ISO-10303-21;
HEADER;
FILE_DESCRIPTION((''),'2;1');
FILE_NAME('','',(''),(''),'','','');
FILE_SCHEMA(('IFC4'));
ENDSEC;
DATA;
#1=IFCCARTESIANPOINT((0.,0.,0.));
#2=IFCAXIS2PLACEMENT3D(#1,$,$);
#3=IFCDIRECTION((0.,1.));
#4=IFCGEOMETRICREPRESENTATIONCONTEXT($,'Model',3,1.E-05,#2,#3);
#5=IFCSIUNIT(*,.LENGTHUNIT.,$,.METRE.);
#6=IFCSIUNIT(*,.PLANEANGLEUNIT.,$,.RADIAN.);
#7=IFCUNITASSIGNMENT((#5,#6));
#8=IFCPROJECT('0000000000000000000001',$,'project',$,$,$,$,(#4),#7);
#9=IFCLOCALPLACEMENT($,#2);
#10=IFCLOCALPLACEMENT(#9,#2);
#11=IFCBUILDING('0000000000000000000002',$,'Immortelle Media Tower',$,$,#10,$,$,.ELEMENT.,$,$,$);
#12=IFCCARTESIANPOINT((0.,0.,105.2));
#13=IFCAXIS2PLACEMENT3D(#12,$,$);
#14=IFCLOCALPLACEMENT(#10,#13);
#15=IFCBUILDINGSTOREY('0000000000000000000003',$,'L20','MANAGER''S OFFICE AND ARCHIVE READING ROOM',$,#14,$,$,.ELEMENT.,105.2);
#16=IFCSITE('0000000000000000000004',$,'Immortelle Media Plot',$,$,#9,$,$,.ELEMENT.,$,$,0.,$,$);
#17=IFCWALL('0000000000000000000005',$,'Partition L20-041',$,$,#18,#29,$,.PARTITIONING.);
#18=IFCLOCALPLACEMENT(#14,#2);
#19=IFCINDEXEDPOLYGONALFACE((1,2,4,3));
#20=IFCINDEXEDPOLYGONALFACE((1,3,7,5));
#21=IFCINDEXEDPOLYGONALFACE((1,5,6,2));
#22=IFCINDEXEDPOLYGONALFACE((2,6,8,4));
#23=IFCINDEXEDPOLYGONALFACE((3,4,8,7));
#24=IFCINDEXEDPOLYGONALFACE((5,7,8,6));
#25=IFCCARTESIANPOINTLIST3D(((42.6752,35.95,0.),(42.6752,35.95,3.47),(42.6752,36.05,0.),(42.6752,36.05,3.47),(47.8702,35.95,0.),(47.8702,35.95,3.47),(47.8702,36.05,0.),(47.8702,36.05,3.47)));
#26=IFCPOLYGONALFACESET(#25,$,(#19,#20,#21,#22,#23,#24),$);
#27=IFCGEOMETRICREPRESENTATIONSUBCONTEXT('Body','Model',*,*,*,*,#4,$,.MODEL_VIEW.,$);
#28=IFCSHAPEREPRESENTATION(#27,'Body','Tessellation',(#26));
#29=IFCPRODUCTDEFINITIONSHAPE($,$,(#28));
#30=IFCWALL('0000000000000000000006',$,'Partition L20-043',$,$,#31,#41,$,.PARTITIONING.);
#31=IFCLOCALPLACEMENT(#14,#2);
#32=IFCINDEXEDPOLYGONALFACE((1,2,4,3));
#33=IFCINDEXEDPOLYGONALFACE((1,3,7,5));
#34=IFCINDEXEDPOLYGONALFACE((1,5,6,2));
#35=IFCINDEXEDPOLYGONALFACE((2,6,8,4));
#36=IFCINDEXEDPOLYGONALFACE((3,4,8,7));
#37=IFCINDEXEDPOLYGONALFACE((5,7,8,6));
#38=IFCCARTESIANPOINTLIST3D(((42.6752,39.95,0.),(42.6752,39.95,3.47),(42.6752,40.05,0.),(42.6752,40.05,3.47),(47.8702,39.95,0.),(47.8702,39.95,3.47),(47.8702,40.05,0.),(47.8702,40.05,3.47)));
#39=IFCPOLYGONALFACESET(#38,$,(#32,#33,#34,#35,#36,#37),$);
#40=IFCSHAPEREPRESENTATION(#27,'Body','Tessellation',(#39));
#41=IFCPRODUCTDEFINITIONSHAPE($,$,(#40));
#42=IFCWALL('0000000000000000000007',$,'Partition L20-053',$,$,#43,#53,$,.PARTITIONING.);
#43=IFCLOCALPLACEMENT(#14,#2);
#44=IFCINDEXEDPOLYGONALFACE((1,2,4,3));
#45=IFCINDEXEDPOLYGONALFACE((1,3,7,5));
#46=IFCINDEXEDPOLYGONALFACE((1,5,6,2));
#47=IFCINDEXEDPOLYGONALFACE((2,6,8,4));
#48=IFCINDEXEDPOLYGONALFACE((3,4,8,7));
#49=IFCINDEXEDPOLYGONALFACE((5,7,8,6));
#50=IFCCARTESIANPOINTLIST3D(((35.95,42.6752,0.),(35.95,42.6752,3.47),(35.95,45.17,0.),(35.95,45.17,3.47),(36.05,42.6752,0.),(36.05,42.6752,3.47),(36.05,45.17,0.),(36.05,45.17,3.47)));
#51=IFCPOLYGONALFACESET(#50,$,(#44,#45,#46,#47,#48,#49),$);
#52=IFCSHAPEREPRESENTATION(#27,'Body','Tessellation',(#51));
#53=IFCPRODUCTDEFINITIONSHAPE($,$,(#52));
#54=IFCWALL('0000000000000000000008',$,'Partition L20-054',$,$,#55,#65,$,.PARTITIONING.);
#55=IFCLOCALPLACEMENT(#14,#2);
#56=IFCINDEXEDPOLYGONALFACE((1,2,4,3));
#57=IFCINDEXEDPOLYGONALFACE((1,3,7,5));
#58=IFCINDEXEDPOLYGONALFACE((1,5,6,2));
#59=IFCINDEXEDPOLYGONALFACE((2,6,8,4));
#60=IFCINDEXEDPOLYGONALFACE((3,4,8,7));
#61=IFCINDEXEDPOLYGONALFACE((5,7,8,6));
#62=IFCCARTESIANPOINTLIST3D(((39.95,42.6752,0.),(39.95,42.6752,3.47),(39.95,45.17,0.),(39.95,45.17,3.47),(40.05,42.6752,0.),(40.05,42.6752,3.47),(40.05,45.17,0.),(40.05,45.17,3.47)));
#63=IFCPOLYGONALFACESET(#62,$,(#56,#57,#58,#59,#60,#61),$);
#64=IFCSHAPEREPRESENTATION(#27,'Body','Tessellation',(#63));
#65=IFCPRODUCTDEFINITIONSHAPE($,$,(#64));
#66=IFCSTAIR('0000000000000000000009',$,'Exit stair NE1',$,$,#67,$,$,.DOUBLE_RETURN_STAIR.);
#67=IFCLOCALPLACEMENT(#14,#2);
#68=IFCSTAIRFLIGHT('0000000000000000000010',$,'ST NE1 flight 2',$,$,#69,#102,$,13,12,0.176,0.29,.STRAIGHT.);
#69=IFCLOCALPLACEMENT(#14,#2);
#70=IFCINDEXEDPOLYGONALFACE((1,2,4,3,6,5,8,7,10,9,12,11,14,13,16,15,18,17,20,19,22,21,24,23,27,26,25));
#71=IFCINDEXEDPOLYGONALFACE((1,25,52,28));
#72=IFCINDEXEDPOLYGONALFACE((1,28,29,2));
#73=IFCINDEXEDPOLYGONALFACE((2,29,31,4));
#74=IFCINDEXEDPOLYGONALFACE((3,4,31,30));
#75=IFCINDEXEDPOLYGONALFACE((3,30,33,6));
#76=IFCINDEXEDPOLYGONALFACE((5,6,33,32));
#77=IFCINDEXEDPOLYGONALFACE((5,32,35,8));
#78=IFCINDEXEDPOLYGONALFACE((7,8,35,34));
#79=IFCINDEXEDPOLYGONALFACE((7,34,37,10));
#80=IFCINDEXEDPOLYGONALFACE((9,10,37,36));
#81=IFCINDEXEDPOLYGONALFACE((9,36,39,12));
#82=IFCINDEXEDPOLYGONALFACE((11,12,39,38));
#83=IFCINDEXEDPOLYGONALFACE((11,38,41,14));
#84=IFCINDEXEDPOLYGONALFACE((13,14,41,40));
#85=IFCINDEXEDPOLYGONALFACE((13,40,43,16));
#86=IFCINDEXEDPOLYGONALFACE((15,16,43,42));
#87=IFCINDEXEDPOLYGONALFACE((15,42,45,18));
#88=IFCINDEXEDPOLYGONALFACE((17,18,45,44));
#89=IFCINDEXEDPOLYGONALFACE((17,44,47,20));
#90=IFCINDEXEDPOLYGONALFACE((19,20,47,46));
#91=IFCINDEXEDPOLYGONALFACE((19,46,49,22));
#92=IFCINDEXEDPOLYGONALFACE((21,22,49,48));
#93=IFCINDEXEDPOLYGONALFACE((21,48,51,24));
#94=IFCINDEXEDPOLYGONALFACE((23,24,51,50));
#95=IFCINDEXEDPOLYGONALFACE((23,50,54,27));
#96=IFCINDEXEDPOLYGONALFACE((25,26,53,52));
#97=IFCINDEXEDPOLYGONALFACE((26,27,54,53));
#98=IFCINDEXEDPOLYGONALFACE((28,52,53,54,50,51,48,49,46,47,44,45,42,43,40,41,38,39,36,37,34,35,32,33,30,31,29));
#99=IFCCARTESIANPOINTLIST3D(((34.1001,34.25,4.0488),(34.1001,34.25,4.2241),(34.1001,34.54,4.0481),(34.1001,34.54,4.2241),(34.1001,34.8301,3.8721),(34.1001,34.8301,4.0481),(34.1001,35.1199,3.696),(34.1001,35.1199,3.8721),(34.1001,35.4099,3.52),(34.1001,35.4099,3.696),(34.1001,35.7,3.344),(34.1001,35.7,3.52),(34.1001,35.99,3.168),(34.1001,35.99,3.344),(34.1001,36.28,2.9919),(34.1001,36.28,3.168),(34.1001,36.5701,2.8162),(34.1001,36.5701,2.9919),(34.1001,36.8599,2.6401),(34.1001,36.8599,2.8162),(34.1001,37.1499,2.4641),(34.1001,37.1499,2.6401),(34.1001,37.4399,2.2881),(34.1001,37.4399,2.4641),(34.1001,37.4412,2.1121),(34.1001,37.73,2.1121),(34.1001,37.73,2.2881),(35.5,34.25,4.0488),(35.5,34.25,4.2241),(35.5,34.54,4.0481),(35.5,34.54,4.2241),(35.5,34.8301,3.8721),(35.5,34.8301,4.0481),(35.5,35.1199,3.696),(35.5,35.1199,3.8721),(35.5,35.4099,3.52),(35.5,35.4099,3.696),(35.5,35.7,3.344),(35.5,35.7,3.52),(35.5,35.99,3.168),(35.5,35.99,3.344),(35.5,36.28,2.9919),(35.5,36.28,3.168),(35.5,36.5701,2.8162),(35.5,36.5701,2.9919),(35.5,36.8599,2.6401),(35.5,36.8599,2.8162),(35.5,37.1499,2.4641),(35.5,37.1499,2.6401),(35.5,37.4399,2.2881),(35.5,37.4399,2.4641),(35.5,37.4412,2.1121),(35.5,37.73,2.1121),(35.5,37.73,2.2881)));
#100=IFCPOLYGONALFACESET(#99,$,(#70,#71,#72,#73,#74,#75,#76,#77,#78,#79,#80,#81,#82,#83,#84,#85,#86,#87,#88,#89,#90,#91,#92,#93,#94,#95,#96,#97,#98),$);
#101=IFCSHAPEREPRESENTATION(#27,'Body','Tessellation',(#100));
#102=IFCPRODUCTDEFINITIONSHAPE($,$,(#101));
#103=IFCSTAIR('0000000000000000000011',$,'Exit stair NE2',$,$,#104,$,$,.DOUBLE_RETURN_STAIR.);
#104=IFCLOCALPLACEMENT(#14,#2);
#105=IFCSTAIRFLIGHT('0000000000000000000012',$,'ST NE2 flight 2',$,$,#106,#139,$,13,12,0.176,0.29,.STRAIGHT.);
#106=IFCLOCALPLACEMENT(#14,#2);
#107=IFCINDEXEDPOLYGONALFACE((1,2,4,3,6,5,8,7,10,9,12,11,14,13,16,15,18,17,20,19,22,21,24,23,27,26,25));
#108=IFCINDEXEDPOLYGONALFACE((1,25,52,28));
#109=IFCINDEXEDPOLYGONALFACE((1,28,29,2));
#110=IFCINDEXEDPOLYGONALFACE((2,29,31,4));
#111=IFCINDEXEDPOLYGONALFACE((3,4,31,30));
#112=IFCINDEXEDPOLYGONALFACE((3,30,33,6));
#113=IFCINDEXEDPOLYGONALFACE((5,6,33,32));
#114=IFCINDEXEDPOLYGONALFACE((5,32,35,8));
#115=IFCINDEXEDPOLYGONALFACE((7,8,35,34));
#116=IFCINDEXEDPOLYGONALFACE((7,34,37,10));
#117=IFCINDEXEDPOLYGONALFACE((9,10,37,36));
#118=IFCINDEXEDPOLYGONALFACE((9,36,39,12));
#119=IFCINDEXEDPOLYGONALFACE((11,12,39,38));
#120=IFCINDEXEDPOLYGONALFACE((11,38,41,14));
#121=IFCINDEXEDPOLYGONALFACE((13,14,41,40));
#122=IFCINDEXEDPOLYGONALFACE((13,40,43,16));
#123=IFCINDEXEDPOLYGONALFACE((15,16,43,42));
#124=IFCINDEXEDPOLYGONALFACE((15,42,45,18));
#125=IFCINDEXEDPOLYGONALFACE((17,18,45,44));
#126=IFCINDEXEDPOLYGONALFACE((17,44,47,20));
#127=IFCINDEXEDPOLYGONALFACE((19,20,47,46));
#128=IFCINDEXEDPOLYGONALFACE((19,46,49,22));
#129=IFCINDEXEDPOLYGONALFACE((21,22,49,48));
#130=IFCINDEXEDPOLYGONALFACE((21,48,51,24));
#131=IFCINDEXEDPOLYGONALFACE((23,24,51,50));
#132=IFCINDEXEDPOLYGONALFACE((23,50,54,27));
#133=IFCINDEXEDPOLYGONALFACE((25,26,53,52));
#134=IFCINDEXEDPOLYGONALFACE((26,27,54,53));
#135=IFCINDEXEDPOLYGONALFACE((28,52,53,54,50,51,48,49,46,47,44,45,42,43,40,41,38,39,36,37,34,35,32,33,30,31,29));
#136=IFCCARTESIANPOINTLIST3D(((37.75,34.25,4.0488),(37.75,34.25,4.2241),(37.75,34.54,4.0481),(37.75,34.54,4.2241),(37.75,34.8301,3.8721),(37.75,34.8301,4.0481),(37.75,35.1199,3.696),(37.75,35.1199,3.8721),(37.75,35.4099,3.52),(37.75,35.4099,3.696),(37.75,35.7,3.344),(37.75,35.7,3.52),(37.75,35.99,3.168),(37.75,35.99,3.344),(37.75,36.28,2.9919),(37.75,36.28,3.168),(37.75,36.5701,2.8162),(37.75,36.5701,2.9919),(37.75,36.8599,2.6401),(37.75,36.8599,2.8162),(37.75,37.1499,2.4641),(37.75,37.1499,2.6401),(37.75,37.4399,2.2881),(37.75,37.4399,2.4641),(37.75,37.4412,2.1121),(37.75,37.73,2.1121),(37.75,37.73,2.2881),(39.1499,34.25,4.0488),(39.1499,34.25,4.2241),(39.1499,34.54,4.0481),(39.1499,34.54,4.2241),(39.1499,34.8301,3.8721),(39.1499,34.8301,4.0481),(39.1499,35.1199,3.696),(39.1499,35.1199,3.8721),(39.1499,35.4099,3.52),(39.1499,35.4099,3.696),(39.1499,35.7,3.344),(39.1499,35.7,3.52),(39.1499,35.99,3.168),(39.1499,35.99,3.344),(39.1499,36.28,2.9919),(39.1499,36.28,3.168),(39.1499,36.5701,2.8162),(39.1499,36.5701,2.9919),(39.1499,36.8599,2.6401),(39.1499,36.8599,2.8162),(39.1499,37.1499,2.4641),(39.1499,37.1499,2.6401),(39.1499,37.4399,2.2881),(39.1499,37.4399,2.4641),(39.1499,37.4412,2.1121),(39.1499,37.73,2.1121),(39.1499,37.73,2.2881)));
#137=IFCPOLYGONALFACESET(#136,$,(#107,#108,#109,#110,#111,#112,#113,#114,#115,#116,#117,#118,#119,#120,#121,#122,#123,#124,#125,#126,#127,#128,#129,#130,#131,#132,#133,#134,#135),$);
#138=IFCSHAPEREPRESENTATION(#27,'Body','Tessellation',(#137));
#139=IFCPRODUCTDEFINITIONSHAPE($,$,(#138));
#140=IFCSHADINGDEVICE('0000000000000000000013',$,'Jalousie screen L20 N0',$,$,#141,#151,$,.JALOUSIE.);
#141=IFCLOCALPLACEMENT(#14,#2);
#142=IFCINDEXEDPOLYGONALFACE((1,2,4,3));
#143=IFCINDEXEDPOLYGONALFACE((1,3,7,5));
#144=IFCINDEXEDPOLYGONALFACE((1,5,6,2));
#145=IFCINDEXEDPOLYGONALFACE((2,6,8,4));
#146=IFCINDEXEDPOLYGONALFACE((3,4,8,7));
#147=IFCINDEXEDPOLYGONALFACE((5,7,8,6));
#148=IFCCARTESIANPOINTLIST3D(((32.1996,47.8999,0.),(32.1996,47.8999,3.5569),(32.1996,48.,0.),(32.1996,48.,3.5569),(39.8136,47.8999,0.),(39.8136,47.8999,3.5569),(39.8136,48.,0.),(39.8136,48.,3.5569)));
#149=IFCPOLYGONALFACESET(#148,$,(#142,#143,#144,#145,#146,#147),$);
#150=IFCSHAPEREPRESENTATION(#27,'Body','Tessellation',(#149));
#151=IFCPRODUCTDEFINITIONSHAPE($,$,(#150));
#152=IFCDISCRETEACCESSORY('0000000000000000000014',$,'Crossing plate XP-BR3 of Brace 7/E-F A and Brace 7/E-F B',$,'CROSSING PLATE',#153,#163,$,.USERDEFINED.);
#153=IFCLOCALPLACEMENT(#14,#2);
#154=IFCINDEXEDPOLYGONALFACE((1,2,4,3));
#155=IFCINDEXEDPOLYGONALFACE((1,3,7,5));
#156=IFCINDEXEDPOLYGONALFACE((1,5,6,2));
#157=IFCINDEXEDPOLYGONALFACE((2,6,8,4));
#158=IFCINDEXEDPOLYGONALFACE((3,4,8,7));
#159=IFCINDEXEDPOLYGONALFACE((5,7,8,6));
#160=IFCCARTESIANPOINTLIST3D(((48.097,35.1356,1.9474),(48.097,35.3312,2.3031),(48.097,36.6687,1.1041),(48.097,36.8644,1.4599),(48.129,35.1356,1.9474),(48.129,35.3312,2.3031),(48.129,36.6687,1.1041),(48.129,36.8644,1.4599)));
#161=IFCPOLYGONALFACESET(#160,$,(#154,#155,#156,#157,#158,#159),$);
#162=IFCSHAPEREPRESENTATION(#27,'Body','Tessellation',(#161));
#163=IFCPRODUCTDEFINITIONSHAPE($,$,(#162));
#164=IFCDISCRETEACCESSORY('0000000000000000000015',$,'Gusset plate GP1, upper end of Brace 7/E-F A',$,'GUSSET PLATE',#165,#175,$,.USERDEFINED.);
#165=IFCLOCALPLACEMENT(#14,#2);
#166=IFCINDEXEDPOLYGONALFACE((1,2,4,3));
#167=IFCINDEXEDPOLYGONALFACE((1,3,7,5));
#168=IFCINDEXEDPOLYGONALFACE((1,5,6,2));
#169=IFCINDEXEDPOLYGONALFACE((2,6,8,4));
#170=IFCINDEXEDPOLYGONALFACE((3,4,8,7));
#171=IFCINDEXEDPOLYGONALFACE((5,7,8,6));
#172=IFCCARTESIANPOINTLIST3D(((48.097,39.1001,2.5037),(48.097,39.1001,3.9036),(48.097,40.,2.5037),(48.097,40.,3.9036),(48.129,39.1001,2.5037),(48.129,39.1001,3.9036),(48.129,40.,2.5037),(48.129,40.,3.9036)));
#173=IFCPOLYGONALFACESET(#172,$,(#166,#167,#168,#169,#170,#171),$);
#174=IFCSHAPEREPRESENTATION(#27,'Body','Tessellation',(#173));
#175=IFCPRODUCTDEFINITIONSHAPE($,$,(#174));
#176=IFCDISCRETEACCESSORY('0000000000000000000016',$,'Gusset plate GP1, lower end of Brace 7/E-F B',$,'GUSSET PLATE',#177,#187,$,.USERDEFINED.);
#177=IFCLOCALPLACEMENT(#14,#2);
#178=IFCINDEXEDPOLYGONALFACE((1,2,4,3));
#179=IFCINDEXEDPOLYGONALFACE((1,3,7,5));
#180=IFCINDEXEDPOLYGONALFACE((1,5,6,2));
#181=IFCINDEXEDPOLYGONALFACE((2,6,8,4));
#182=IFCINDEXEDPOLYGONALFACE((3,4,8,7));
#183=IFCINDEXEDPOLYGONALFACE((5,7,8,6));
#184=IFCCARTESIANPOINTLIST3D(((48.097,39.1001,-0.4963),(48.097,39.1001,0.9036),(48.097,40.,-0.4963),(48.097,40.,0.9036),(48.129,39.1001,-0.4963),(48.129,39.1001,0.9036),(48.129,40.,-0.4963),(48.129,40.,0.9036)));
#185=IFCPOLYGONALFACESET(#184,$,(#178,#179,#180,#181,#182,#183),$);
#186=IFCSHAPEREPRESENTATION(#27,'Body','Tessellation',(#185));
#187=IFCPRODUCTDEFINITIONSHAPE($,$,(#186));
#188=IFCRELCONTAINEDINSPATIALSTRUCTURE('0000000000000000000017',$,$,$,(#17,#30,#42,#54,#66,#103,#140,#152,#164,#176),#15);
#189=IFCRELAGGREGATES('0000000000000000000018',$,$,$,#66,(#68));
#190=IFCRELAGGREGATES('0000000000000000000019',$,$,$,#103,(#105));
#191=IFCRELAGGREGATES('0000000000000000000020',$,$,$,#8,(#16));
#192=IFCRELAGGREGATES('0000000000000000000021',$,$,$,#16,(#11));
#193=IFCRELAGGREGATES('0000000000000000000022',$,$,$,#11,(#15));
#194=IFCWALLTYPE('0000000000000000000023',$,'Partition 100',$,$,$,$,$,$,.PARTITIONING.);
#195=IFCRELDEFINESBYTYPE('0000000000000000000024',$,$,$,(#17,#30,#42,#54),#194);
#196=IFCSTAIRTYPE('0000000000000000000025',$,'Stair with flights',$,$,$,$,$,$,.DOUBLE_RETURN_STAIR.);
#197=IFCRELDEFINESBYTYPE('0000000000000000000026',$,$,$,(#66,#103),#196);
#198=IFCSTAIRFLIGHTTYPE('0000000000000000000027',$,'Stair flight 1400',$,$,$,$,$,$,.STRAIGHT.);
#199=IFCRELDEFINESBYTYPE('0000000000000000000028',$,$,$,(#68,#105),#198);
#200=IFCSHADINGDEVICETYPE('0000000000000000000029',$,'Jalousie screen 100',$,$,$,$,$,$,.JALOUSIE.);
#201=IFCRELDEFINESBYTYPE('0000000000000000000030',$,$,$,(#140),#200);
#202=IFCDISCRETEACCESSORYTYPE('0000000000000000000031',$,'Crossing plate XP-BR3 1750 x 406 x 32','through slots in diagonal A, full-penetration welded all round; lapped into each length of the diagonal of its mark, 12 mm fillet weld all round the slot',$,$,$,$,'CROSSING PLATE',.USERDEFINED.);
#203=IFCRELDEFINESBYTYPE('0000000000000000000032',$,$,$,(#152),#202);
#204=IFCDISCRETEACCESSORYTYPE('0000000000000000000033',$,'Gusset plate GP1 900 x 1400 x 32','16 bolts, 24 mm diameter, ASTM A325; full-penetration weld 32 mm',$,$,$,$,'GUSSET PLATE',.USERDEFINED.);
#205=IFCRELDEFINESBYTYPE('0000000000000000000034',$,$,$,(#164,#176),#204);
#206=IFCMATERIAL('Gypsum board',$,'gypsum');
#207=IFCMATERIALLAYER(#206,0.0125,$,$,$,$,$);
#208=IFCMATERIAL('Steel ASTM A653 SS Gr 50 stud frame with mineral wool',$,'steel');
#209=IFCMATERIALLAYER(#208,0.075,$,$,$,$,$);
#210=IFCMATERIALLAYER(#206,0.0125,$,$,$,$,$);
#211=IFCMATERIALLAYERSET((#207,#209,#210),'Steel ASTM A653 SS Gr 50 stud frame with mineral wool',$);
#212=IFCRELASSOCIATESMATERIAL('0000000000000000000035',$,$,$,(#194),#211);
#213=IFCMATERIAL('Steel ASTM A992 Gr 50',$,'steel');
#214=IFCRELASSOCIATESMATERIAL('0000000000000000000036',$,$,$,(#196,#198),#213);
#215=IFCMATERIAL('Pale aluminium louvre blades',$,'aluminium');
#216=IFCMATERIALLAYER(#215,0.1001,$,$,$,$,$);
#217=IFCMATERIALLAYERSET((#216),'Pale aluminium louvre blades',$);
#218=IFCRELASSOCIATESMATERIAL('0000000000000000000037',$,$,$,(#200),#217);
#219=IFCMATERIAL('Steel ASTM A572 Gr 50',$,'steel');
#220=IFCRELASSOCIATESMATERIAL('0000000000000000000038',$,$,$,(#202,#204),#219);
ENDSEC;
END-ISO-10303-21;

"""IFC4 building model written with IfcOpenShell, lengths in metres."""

from ifc_helpers import new_model, si_unit, direction, frame, frame_2d, origin, origin_2d, place, context, subcontext, project, spatial, polyline, rectangle, outline, extrude, material, layer, layer_set, material_profile, profile_set, type_object, element, aggregate, save


model = new_model("IFC4")

# Units and contexts
model_context = context("Model", 3, precision=1e-05, world=origin(), true_north=direction((0.0, 1.0)))
body_context = subcontext(model_context, "Body", "Model", "MODEL_VIEW")
ifc_project = project(units=[si_unit("LENGTHUNIT", "METRE"), si_unit("PLANEANGLEUNIT", "RADIAN")], contexts=[model_context])

# Site, building, storey
site_placement = place(None, origin())
site = spatial("IfcSite", under=ifc_project, at=site_placement, Name="Immortelle Media Plot", CompositionType="ELEMENT", RefElevation=0.0)
building_placement = place(site_placement, origin())
building = spatial("IfcBuilding", under=site, at=building_placement, Name="Immortelle Media Tower", CompositionType="ELEMENT")
storey_placement = place(building_placement, frame((0.0, 0.0, 105.2)))
storey = spatial("IfcBuildingStorey", under=building, at=storey_placement, Name="L20", Description="MANAGER'S OFFICE AND ARCHIVE READING ROOM", CompositionType="ELEMENT", Elevation=105.2)

# Shared definitions
ifc_material_1 = material(Name="Steel ASTM A992 Gr 50", Category="steel")

# Shared definitions
ifc_material_2 = material(Name="Steel ASTM A653 SS Gr 50 stud frame with mineral wool", Category="steel")

# Walls
ifc_material_3 = material(Name="Gypsum board", Category="gypsum")
ifc_layer_1 = layer(ifc_material_3, 0.0125)
ifc_layer_2 = layer(ifc_material_2, 0.075)
ifc_layer_3 = layer(ifc_material_3, 0.0125)
ifc_layer_set_1 = layer_set([ifc_layer_1, ifc_layer_2, ifc_layer_3], Name="Steel ASTM A653 SS Gr 50 stud frame with mineral wool")
wall_type_1 = type_object("IfcWallType", Name="Partition 100", PredefinedType="PARTITIONING", material=ifc_layer_set_1)
for number, where, z_axis, x_axis, name in (
    (1, (42.675, 36.0, 0.0), (0.0, 0.0, 1.0), (1.0, 0.0, 0.0), "Partition L20-041"),
    (2, (42.675, 40.0, 0.0), (0.0, 0.0, 1.0), (1.0, 0.0, 0.0), "Partition L20-043"),
):
    element("IfcWall", number, at=place(storey_placement, frame(where, z_axis=z_axis, x_axis=x_axis)), inside=storey, type_object=wall_type_1, Name=name, PredefinedType="PARTITIONING", context=body_context, shape_type="SweptSolid", body=[
        extrude(rectangle(XDim=5.1951, YDim=0.1001, at=frame_2d((2.5977, 0.0))), origin(), (0.0, 0.0, 1.0), 3.47),
    ])
for number, where, z_axis, x_axis, name in (
    (3, (36.0, 42.675, 0.0), (0.0, 0.0, 1.0), (0.0, 1.0, 0.0), "Partition L20-053"),
    (4, (40.0, 42.675, 0.0), (0.0, 0.0, 1.0), (0.0, 1.0, 0.0), "Partition L20-054"),
):
    element("IfcWall", number, at=place(storey_placement, frame(where, z_axis=z_axis, x_axis=x_axis)), inside=storey, type_object=wall_type_1, Name=name, PredefinedType="PARTITIONING", context=body_context, shape_type="SweptSolid", body=[
        extrude(rectangle(XDim=2.4949, YDim=0.1001, at=frame_2d((1.2476, 0.0))), origin(), (0.0, 0.0, 1.0), 3.47),
    ])

# Stairs, stair flights
stair_type = type_object("IfcStairType", Name="Stair with flights", PredefinedType="DOUBLE_RETURN_STAIR", material=ifc_material_1)
stair_1_placement = place(storey_placement, origin())
stair_1 = element("IfcStair", 5, at=stair_1_placement, inside=storey, type_object=stair_type, Name="Exit stair NE1", PredefinedType="DOUBLE_RETURN_STAIR")
stair_flight_type = type_object("IfcStairFlightType", Name="Stair flight 1400", PredefinedType="STRAIGHT", material=ifc_material_1)
stair_flight_1_placement = place(storey_placement, frame((34.8, 37.73, 2.1121), z_axis=(0.0, 0.0, 1.0), x_axis=(0.0, -1.0, 0.0)))
stair_flight_1 = element("IfcStairFlight", 6, at=stair_flight_1_placement, type_object=stair_flight_type, Name="ST NE1 flight 2", NumberOfRisers=13, NumberOfTreads=12, PredefinedType="STRAIGHT", RiserHeight=0.176, TreadLength=0.29, context=body_context, shape_type="SweptSolid", body=[
    extrude(outline(polyline([(0.0, 0.0), (0.0, 0.176), (0.29, 0.176), (0.29, 0.3521), (0.5801, 0.3521), (0.5801, 0.5281), (0.8701, 0.5281), (0.8701, 0.7041), (1.1599, 0.7041), (1.1599, 0.8799), (1.45, 0.8799), (1.45, 1.0559), (1.74, 1.0559), (1.74, 1.2319), (2.03, 1.2319), (2.03, 1.408), (2.3201, 1.408), (2.3201, 1.584), (2.6101, 1.584), (2.6101, 1.76), (2.8999, 1.76), (2.8999, 1.936), (3.1899, 1.936), (3.1899, 2.1121), (3.48, 2.1121), (3.48, 2.2881), (3.48, 1.9368), (0.2888, 0.0), (0.0, 0.0)])), frame((0.0, 0.7, 0.0), z_axis=(0.0, -1.0, 0.0), x_axis=(1.0, 0.0, 0.0)), (0.0, 0.0, 1.0), 1.3999),
])
aggregate(stair_1, [stair_flight_1])
stair_2_placement = place(storey_placement, origin())
stair_2 = element("IfcStair", 7, at=stair_2_placement, inside=storey, type_object=stair_type, Name="Exit stair NE2", PredefinedType="DOUBLE_RETURN_STAIR")
stair_flight_2_placement = place(storey_placement, frame((38.45, 37.73, 2.1121), z_axis=(0.0, 0.0, 1.0), x_axis=(0.0, -1.0, 0.0)))
stair_flight_2 = element("IfcStairFlight", 8, at=stair_flight_2_placement, type_object=stair_flight_type, Name="ST NE2 flight 2", NumberOfRisers=13, NumberOfTreads=12, PredefinedType="STRAIGHT", RiserHeight=0.176, TreadLength=0.29, context=body_context, shape_type="SweptSolid", body=[
    extrude(outline(polyline([(0.0, 0.0), (0.0, 0.176), (0.29, 0.176), (0.29, 0.3521), (0.5801, 0.3521), (0.5801, 0.5281), (0.8701, 0.5281), (0.8701, 0.7041), (1.1599, 0.7041), (1.1599, 0.8799), (1.45, 0.8799), (1.45, 1.0559), (1.74, 1.0559), (1.74, 1.2319), (2.03, 1.2319), (2.03, 1.408), (2.3201, 1.408), (2.3201, 1.584), (2.6101, 1.584), (2.6101, 1.76), (2.8999, 1.76), (2.8999, 1.936), (3.1899, 1.936), (3.1899, 2.1121), (3.48, 2.1121), (3.48, 2.2881), (3.48, 1.9368), (0.2888, 0.0), (0.0, 0.0)])), frame((0.0, 0.7, 0.0), z_axis=(0.0, -1.0, 0.0), x_axis=(1.0, 0.0, 0.0)), (0.0, 0.0, 1.0), 1.3999),
])
aggregate(stair_2, [stair_flight_2])

# Shading device
ifc_material_4 = material(Name="Pale aluminium louvre blades", Category="aluminium")
ifc_layer_4 = layer(ifc_material_4, 0.1001)
ifc_layer_set_2 = layer_set([ifc_layer_4], Name="Pale aluminium louvre blades")
shading_device_type = type_object("IfcShadingDeviceType", Name="Jalousie screen 100", PredefinedType="JALOUSIE", material=ifc_layer_set_2)
shading_device_placement = place(storey_placement, frame((36.0066, 47.95, 0.0), z_axis=(0.0, 0.0, 1.0), x_axis=(-1.0, 0.0, 0.0)))
element("IfcShadingDevice", 9, at=shading_device_placement, inside=storey, type_object=shading_device_type, Name="Jalousie screen L20 N0", PredefinedType="JALOUSIE", context=body_context, shape_type="SweptSolid", body=[
    extrude(rectangle(XDim=7.614, YDim=0.1001, at=origin_2d()), origin(), (0.0, 0.0, 1.0), 3.5569),
])

# Discrete accessories
ifc_material_5 = material(Name="Steel ASTM A572 Gr 50", Category="steel")
ifc_material_profile_1 = material_profile(ifc_material_5, rectangle(XDim=0.032, YDim=0.406, at=origin_2d()), Name="PL 32 x 406")
ifc_profile_set_1 = profile_set([ifc_material_profile_1], Name="Steel ASTM A572 Gr 50")
discrete_accessory_type_1 = type_object("IfcDiscreteAccessoryType", Name="Crossing plate XP-BR3 1750 x 406 x 32", Description="through slots in diagonal A, full-penetration welded all round; lapped into each length of the diagonal of its mark, 12 mm fillet weld all round the slot", ElementType="CROSSING PLATE", PredefinedType="USERDEFINED", material=ifc_profile_set_1)
discrete_accessory_placement = place(storey_placement, frame((48.113, 35.2334, 2.1252), z_axis=(0.0, 0.876216, -0.481919), x_axis=(-1.0, 0.0, 0.0)))
element("IfcDiscreteAccessory", 10, at=discrete_accessory_placement, inside=storey, type_object=discrete_accessory_type_1, Name="Crossing plate XP-BR3 of Brace 7/E-F A and Brace 7/E-F B", ObjectType="CROSSING PLATE", PredefinedType="USERDEFINED", context=body_context, shape_type="SweptSolid", body=[
    extrude(rectangle(XDim=0.032, YDim=0.406, at=origin_2d()), origin(), (0.0, 0.0, 1.0), 1.7498),
])
ifc_material_profile_2 = material_profile(ifc_material_5, rectangle(XDim=0.032, YDim=1.3999, at=origin_2d()), Name="PL 32 x 1400")
ifc_profile_set_2 = profile_set([ifc_material_profile_2], Name="Steel ASTM A572 Gr 50")
discrete_accessory_type_2 = type_object("IfcDiscreteAccessoryType", Name="Gusset plate GP1 900 x 1400 x 32", Description="16 bolts, 24 mm diameter, ASTM A325; full-penetration weld 32 mm", ElementType="GUSSET PLATE", PredefinedType="USERDEFINED", material=ifc_profile_set_2)
for number, where, z_axis, x_axis, name in (
    (11, (48.113, 40.0, 3.2036), (0.0, -1.0, 0.0), (1.0, 0.0, 0.0), "Gusset plate GP1, upper end of Brace 7/E-F A"),
    (12, (48.113, 40.0, 0.2036), (0.0, -1.0, 0.0), (1.0, 0.0, 0.0), "Gusset plate GP1, lower end of Brace 7/E-F B"),
):
    element("IfcDiscreteAccessory", number, at=place(storey_placement, frame(where, z_axis=z_axis, x_axis=x_axis)), inside=storey, type_object=discrete_accessory_type_2, Name=name, ObjectType="GUSSET PLATE", PredefinedType="USERDEFINED", context=body_context, shape_type="SweptSolid", body=[
        extrude(rectangle(XDim=0.032, YDim=1.3999, at=origin_2d()), origin(), (0.0, 0.0, 1.0), 0.8999),
    ])

save(model, "model.ifc")
